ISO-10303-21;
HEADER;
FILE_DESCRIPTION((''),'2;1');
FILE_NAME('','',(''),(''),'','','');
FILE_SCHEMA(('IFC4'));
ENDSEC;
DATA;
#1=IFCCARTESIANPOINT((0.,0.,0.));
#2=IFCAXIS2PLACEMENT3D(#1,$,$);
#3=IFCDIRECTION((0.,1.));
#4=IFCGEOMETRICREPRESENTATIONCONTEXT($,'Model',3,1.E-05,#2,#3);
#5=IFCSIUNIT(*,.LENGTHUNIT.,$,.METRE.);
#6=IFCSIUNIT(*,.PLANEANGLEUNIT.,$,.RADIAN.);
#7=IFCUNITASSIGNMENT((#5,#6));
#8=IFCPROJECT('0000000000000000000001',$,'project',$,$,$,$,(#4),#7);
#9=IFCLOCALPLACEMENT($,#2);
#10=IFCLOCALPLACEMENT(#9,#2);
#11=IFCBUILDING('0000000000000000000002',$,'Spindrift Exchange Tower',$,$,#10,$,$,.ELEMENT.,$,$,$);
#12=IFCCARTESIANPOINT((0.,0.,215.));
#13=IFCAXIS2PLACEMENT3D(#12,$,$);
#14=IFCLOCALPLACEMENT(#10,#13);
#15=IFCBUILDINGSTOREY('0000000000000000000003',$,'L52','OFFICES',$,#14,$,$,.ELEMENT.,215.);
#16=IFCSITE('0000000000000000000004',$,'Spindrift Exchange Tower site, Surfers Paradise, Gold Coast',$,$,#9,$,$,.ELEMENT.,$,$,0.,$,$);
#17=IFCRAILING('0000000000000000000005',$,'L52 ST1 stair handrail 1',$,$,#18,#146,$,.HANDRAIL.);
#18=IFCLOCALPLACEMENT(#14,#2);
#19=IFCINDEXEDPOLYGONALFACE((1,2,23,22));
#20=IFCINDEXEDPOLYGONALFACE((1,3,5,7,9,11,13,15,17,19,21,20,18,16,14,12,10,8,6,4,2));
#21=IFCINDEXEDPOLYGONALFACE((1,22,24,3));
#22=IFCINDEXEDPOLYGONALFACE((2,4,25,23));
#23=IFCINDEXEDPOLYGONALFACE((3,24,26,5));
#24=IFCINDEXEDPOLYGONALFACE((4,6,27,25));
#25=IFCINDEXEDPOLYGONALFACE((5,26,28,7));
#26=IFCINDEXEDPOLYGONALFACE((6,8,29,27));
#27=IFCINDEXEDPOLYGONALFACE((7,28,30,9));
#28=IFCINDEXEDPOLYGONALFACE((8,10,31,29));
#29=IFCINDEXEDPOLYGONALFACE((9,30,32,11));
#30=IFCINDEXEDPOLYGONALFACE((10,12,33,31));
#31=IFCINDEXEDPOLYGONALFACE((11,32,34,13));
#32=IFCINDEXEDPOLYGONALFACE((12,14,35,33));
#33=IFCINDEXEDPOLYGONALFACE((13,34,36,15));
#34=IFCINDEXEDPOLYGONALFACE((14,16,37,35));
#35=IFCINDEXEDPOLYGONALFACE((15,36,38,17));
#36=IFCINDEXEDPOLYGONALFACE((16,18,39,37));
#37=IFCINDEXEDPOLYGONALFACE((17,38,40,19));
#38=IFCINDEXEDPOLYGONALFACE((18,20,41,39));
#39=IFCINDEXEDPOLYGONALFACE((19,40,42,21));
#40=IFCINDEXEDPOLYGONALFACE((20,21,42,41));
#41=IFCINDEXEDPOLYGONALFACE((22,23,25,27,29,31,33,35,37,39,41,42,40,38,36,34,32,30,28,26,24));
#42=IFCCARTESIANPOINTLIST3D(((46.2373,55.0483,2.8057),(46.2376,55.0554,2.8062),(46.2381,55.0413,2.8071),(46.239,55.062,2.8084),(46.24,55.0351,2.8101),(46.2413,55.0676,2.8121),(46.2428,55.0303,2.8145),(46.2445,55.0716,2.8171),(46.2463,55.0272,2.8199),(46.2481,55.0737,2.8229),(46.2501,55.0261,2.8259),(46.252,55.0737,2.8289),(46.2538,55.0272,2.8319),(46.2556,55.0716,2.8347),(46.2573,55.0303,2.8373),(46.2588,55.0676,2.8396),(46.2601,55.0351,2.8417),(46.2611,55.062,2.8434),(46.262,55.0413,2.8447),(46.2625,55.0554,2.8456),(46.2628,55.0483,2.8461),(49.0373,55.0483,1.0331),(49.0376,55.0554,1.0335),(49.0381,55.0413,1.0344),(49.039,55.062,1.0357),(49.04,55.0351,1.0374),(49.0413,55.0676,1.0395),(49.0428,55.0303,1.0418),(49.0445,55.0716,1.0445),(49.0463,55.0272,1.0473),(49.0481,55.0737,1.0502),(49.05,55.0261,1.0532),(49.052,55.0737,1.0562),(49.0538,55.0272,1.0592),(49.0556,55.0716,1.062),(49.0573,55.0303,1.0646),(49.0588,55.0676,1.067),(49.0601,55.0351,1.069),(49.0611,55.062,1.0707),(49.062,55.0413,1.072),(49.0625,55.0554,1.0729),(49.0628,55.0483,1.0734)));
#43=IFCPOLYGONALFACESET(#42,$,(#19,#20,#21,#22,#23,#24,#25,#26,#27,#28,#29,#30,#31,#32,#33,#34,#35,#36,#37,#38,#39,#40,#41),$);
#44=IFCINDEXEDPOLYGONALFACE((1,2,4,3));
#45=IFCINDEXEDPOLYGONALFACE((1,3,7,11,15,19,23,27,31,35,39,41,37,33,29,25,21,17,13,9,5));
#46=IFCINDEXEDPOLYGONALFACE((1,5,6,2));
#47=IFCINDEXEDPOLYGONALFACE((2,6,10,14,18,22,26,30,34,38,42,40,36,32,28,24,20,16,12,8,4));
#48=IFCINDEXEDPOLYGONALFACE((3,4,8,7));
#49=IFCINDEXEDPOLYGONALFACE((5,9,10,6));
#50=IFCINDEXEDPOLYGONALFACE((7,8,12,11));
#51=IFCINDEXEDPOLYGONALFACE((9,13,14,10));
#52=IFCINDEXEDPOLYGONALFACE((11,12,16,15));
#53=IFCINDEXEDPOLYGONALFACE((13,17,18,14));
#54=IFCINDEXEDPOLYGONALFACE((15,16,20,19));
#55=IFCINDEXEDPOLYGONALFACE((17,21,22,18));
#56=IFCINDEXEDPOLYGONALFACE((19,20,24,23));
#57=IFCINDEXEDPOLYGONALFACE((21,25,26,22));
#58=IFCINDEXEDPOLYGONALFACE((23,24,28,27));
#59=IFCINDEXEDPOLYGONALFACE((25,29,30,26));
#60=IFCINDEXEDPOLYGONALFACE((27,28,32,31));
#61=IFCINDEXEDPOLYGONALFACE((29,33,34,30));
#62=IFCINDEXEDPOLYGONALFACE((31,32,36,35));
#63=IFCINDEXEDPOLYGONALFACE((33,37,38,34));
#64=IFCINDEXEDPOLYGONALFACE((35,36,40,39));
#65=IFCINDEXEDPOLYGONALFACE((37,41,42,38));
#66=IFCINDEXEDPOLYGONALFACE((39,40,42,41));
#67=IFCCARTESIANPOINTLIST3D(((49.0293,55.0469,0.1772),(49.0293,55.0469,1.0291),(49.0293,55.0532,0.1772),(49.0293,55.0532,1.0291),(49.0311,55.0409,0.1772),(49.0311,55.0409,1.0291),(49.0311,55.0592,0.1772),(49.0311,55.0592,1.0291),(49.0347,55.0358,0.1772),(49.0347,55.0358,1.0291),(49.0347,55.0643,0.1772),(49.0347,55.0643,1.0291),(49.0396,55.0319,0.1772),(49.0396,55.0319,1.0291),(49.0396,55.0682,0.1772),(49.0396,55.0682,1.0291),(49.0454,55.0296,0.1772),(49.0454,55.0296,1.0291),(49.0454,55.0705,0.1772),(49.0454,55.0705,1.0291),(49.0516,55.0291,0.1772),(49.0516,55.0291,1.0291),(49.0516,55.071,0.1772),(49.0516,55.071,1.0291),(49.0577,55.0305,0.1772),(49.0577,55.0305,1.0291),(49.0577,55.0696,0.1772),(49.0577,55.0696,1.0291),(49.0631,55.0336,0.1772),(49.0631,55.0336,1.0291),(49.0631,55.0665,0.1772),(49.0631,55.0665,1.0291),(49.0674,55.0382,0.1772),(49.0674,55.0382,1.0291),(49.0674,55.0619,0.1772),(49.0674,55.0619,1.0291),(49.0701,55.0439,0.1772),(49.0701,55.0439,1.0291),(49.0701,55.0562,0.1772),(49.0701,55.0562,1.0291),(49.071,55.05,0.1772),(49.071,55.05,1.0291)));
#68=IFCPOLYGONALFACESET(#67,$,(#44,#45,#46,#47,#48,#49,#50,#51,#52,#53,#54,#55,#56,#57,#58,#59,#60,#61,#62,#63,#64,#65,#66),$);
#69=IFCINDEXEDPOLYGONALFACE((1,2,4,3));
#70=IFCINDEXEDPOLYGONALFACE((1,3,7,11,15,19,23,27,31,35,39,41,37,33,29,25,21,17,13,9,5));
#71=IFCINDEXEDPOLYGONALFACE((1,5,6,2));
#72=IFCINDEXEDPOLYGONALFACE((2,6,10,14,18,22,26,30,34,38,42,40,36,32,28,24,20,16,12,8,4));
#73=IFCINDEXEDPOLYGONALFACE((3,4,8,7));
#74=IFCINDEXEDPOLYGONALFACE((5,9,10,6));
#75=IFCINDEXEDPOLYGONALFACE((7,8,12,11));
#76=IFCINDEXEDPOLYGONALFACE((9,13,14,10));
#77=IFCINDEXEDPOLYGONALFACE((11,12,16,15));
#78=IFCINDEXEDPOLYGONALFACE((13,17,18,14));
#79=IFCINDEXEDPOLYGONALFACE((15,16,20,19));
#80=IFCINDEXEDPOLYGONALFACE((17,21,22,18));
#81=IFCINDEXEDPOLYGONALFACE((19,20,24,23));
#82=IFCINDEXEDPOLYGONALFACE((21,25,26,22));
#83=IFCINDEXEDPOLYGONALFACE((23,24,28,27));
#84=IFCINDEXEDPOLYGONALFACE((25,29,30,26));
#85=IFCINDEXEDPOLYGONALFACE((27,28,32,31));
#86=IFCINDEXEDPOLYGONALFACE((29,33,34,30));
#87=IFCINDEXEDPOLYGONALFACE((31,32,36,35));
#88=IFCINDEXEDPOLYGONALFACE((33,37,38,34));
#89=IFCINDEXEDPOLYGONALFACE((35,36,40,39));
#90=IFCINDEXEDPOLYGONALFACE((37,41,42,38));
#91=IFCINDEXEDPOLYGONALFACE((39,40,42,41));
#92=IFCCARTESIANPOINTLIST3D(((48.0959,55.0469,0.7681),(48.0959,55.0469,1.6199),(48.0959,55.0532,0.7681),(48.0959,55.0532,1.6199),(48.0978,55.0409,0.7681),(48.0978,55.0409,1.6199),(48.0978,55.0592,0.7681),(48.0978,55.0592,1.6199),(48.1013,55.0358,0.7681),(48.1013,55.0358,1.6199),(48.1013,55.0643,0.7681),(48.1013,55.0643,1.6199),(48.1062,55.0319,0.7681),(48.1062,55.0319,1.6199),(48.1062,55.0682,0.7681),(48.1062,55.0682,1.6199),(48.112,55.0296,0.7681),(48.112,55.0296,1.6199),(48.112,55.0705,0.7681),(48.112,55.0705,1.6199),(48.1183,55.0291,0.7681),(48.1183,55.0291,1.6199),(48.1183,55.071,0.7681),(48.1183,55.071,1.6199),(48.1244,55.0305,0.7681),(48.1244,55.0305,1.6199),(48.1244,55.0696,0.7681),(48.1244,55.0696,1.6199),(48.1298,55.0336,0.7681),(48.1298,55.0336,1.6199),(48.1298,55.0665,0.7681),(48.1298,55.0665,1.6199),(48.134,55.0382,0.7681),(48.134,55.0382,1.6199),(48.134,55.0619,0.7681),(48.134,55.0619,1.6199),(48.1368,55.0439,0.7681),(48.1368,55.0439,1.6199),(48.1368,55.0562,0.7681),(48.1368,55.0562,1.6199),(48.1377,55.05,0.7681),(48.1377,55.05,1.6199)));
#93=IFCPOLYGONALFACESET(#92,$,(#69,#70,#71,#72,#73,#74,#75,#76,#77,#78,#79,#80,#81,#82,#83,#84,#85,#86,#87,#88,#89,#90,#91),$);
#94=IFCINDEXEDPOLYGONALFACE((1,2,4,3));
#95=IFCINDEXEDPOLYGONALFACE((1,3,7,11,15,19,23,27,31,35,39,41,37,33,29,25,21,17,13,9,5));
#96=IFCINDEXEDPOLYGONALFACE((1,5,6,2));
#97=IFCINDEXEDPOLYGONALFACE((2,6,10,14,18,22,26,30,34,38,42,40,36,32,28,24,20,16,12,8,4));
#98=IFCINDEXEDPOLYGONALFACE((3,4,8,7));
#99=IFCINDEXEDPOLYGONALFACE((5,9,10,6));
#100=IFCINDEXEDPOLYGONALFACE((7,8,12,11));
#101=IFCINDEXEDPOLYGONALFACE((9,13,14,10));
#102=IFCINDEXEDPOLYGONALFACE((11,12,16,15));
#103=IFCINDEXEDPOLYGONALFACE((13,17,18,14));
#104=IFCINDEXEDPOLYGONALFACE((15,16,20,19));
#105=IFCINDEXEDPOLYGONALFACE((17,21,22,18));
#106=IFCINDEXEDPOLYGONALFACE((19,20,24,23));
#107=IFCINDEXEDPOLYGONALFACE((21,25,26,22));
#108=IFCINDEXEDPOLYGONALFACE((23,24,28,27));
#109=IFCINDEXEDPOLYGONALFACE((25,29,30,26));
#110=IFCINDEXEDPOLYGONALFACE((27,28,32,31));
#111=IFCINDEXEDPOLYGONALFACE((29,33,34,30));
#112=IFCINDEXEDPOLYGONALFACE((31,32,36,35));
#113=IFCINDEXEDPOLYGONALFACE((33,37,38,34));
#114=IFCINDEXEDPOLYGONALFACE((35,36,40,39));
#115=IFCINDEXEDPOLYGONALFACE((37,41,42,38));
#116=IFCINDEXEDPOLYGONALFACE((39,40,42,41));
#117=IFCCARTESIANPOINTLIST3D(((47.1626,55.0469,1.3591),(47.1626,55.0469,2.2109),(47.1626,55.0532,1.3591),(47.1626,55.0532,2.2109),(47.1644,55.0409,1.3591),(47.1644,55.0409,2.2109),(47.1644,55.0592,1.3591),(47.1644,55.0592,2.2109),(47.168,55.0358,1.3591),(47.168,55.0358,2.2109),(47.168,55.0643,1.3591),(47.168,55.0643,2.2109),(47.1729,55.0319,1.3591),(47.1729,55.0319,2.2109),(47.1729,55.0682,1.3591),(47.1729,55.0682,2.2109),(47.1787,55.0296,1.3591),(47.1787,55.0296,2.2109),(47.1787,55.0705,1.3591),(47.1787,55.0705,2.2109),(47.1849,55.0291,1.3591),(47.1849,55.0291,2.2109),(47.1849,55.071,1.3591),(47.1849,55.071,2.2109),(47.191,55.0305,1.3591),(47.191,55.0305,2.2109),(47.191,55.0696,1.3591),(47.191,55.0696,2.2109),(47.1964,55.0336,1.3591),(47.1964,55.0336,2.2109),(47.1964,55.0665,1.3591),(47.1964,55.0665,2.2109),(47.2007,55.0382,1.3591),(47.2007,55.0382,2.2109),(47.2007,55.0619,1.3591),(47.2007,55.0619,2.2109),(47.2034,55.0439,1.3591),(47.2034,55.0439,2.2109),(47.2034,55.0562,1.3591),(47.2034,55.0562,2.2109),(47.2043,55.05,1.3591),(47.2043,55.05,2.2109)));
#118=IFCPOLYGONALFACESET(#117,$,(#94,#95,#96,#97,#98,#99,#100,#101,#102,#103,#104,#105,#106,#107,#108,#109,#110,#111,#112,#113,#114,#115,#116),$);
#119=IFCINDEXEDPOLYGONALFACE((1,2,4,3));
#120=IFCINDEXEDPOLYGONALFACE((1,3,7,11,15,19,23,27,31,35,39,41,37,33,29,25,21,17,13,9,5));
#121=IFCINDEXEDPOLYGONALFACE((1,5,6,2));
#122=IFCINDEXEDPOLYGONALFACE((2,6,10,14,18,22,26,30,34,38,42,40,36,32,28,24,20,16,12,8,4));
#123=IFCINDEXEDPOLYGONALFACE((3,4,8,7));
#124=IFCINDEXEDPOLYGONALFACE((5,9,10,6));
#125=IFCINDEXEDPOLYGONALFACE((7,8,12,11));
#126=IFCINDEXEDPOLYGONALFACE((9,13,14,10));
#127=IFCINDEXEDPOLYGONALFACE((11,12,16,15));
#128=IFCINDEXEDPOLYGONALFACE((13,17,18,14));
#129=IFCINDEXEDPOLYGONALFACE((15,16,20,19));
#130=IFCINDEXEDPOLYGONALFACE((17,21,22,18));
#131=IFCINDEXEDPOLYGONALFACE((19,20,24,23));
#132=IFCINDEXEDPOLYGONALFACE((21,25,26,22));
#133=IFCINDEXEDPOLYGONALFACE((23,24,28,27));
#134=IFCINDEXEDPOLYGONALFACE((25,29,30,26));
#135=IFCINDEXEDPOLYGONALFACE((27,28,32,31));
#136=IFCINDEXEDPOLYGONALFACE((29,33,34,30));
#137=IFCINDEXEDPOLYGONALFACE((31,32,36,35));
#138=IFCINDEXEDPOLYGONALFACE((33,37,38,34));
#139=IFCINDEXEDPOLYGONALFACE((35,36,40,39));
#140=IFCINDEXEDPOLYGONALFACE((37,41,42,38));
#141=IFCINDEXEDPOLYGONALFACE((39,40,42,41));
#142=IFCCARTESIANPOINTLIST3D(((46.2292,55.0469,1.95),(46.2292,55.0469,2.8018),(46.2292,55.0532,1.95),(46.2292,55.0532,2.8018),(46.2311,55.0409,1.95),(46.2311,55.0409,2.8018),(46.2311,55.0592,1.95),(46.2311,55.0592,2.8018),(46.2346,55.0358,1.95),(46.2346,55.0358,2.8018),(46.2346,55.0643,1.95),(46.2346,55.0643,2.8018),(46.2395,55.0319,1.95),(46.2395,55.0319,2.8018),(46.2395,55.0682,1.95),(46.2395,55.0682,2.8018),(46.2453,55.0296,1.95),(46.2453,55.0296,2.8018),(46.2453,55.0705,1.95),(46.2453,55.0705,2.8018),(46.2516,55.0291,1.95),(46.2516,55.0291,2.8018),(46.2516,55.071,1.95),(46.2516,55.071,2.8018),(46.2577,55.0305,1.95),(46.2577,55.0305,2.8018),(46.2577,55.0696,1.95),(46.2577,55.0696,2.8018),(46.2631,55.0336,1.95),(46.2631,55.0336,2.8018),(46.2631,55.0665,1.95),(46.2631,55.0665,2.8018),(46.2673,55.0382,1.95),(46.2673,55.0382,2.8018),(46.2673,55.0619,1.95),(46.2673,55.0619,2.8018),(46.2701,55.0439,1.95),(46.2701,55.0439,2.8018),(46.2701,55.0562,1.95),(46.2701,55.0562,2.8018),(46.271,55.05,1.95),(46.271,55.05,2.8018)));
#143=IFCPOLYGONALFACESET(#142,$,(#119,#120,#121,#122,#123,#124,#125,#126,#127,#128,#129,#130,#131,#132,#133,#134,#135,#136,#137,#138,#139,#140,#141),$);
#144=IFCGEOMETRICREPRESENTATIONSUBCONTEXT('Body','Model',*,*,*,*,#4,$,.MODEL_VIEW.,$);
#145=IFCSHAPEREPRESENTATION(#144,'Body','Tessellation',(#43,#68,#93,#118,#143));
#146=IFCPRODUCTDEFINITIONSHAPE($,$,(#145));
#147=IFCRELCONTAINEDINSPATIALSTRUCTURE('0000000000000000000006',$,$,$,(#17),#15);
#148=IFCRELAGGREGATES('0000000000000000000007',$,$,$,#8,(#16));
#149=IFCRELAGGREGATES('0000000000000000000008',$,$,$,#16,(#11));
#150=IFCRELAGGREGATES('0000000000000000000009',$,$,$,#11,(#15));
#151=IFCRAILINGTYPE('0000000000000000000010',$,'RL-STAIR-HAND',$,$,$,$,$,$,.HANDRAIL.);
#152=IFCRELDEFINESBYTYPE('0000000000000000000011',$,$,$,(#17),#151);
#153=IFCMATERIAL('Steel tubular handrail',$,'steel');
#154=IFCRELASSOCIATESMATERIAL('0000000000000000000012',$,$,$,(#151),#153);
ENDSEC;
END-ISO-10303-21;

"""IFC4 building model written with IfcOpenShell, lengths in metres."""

from ifc_helpers import new_model, si_unit, direction, frame, origin, origin_2d, place, context, subcontext, project, spatial, circle, extrude, material, type_object, element, save


model = new_model("IFC4")

# Units and contexts
model_context = context("Model", 3, precision=1e-05, world=origin(), true_north=direction((0.0, 1.0)))
body_context = subcontext(model_context, "Body", "Model", "MODEL_VIEW")
ifc_project = project(units=[si_unit("LENGTHUNIT", "METRE"), si_unit("PLANEANGLEUNIT", "RADIAN")], contexts=[model_context])

# Site, building, storey
site_placement = place(None, origin())
site = spatial("IfcSite", under=ifc_project, at=site_placement, Name="Spindrift Exchange Tower site, Surfers Paradise, Gold Coast", CompositionType="ELEMENT", RefElevation=0.0)
building_placement = place(site_placement, origin())
building = spatial("IfcBuilding", under=site, at=building_placement, Name="Spindrift Exchange Tower", CompositionType="ELEMENT")
storey_placement = place(building_placement, frame((0.0, 0.0, 215.0)))
storey = spatial("IfcBuildingStorey", under=building, at=storey_placement, Name="L52", Description="OFFICES", CompositionType="ELEMENT", Elevation=215.0)

# Railing
ifc_material_1 = material(Name="Steel tubular handrail", Category="steel")
railing_type_1 = type_object("IfcRailingType", Name="RL-STAIR-HAND", PredefinedType="HANDRAIL", material=ifc_material_1)
railing_1_placement = place(storey_placement, frame((49.05, 55.05, 0.1772)))
element("IfcRailing", 1, at=railing_1_placement, inside=storey, type_object=railing_type_1, Name="L52 ST1 stair handrail 1", PredefinedType="HANDRAIL", context=body_context, shape_type="SweptSolid", body=[
    extrude(circle(Radius=0.0239, at=origin_2d()), frame((0.0, 0.0, 0.876), z_axis=(-0.844909, 0.0, 0.53491), x_axis=(0.0, -1.0, 0.0)), (0.0, 0.0, 1.0), 3.314),
    extrude(circle(Radius=0.021, at=origin_2d()), origin(), (0.0, 0.0, 1.0), 0.8518),
    extrude(circle(Radius=0.021, at=origin_2d()), frame((-0.9333, 0.0, 0.5908)), (0.0, 0.0, 1.0), 0.8518),
    extrude(circle(Radius=0.021, at=origin_2d()), frame((-1.8667, 0.0, 1.1819)), (0.0, 0.0, 1.0), 0.8518),
    extrude(circle(Radius=0.021, at=origin_2d()), frame((-2.8, 0.0, 1.7727)), (0.0, 0.0, 1.0), 0.8518),
])

save(model, "model.ifc")
